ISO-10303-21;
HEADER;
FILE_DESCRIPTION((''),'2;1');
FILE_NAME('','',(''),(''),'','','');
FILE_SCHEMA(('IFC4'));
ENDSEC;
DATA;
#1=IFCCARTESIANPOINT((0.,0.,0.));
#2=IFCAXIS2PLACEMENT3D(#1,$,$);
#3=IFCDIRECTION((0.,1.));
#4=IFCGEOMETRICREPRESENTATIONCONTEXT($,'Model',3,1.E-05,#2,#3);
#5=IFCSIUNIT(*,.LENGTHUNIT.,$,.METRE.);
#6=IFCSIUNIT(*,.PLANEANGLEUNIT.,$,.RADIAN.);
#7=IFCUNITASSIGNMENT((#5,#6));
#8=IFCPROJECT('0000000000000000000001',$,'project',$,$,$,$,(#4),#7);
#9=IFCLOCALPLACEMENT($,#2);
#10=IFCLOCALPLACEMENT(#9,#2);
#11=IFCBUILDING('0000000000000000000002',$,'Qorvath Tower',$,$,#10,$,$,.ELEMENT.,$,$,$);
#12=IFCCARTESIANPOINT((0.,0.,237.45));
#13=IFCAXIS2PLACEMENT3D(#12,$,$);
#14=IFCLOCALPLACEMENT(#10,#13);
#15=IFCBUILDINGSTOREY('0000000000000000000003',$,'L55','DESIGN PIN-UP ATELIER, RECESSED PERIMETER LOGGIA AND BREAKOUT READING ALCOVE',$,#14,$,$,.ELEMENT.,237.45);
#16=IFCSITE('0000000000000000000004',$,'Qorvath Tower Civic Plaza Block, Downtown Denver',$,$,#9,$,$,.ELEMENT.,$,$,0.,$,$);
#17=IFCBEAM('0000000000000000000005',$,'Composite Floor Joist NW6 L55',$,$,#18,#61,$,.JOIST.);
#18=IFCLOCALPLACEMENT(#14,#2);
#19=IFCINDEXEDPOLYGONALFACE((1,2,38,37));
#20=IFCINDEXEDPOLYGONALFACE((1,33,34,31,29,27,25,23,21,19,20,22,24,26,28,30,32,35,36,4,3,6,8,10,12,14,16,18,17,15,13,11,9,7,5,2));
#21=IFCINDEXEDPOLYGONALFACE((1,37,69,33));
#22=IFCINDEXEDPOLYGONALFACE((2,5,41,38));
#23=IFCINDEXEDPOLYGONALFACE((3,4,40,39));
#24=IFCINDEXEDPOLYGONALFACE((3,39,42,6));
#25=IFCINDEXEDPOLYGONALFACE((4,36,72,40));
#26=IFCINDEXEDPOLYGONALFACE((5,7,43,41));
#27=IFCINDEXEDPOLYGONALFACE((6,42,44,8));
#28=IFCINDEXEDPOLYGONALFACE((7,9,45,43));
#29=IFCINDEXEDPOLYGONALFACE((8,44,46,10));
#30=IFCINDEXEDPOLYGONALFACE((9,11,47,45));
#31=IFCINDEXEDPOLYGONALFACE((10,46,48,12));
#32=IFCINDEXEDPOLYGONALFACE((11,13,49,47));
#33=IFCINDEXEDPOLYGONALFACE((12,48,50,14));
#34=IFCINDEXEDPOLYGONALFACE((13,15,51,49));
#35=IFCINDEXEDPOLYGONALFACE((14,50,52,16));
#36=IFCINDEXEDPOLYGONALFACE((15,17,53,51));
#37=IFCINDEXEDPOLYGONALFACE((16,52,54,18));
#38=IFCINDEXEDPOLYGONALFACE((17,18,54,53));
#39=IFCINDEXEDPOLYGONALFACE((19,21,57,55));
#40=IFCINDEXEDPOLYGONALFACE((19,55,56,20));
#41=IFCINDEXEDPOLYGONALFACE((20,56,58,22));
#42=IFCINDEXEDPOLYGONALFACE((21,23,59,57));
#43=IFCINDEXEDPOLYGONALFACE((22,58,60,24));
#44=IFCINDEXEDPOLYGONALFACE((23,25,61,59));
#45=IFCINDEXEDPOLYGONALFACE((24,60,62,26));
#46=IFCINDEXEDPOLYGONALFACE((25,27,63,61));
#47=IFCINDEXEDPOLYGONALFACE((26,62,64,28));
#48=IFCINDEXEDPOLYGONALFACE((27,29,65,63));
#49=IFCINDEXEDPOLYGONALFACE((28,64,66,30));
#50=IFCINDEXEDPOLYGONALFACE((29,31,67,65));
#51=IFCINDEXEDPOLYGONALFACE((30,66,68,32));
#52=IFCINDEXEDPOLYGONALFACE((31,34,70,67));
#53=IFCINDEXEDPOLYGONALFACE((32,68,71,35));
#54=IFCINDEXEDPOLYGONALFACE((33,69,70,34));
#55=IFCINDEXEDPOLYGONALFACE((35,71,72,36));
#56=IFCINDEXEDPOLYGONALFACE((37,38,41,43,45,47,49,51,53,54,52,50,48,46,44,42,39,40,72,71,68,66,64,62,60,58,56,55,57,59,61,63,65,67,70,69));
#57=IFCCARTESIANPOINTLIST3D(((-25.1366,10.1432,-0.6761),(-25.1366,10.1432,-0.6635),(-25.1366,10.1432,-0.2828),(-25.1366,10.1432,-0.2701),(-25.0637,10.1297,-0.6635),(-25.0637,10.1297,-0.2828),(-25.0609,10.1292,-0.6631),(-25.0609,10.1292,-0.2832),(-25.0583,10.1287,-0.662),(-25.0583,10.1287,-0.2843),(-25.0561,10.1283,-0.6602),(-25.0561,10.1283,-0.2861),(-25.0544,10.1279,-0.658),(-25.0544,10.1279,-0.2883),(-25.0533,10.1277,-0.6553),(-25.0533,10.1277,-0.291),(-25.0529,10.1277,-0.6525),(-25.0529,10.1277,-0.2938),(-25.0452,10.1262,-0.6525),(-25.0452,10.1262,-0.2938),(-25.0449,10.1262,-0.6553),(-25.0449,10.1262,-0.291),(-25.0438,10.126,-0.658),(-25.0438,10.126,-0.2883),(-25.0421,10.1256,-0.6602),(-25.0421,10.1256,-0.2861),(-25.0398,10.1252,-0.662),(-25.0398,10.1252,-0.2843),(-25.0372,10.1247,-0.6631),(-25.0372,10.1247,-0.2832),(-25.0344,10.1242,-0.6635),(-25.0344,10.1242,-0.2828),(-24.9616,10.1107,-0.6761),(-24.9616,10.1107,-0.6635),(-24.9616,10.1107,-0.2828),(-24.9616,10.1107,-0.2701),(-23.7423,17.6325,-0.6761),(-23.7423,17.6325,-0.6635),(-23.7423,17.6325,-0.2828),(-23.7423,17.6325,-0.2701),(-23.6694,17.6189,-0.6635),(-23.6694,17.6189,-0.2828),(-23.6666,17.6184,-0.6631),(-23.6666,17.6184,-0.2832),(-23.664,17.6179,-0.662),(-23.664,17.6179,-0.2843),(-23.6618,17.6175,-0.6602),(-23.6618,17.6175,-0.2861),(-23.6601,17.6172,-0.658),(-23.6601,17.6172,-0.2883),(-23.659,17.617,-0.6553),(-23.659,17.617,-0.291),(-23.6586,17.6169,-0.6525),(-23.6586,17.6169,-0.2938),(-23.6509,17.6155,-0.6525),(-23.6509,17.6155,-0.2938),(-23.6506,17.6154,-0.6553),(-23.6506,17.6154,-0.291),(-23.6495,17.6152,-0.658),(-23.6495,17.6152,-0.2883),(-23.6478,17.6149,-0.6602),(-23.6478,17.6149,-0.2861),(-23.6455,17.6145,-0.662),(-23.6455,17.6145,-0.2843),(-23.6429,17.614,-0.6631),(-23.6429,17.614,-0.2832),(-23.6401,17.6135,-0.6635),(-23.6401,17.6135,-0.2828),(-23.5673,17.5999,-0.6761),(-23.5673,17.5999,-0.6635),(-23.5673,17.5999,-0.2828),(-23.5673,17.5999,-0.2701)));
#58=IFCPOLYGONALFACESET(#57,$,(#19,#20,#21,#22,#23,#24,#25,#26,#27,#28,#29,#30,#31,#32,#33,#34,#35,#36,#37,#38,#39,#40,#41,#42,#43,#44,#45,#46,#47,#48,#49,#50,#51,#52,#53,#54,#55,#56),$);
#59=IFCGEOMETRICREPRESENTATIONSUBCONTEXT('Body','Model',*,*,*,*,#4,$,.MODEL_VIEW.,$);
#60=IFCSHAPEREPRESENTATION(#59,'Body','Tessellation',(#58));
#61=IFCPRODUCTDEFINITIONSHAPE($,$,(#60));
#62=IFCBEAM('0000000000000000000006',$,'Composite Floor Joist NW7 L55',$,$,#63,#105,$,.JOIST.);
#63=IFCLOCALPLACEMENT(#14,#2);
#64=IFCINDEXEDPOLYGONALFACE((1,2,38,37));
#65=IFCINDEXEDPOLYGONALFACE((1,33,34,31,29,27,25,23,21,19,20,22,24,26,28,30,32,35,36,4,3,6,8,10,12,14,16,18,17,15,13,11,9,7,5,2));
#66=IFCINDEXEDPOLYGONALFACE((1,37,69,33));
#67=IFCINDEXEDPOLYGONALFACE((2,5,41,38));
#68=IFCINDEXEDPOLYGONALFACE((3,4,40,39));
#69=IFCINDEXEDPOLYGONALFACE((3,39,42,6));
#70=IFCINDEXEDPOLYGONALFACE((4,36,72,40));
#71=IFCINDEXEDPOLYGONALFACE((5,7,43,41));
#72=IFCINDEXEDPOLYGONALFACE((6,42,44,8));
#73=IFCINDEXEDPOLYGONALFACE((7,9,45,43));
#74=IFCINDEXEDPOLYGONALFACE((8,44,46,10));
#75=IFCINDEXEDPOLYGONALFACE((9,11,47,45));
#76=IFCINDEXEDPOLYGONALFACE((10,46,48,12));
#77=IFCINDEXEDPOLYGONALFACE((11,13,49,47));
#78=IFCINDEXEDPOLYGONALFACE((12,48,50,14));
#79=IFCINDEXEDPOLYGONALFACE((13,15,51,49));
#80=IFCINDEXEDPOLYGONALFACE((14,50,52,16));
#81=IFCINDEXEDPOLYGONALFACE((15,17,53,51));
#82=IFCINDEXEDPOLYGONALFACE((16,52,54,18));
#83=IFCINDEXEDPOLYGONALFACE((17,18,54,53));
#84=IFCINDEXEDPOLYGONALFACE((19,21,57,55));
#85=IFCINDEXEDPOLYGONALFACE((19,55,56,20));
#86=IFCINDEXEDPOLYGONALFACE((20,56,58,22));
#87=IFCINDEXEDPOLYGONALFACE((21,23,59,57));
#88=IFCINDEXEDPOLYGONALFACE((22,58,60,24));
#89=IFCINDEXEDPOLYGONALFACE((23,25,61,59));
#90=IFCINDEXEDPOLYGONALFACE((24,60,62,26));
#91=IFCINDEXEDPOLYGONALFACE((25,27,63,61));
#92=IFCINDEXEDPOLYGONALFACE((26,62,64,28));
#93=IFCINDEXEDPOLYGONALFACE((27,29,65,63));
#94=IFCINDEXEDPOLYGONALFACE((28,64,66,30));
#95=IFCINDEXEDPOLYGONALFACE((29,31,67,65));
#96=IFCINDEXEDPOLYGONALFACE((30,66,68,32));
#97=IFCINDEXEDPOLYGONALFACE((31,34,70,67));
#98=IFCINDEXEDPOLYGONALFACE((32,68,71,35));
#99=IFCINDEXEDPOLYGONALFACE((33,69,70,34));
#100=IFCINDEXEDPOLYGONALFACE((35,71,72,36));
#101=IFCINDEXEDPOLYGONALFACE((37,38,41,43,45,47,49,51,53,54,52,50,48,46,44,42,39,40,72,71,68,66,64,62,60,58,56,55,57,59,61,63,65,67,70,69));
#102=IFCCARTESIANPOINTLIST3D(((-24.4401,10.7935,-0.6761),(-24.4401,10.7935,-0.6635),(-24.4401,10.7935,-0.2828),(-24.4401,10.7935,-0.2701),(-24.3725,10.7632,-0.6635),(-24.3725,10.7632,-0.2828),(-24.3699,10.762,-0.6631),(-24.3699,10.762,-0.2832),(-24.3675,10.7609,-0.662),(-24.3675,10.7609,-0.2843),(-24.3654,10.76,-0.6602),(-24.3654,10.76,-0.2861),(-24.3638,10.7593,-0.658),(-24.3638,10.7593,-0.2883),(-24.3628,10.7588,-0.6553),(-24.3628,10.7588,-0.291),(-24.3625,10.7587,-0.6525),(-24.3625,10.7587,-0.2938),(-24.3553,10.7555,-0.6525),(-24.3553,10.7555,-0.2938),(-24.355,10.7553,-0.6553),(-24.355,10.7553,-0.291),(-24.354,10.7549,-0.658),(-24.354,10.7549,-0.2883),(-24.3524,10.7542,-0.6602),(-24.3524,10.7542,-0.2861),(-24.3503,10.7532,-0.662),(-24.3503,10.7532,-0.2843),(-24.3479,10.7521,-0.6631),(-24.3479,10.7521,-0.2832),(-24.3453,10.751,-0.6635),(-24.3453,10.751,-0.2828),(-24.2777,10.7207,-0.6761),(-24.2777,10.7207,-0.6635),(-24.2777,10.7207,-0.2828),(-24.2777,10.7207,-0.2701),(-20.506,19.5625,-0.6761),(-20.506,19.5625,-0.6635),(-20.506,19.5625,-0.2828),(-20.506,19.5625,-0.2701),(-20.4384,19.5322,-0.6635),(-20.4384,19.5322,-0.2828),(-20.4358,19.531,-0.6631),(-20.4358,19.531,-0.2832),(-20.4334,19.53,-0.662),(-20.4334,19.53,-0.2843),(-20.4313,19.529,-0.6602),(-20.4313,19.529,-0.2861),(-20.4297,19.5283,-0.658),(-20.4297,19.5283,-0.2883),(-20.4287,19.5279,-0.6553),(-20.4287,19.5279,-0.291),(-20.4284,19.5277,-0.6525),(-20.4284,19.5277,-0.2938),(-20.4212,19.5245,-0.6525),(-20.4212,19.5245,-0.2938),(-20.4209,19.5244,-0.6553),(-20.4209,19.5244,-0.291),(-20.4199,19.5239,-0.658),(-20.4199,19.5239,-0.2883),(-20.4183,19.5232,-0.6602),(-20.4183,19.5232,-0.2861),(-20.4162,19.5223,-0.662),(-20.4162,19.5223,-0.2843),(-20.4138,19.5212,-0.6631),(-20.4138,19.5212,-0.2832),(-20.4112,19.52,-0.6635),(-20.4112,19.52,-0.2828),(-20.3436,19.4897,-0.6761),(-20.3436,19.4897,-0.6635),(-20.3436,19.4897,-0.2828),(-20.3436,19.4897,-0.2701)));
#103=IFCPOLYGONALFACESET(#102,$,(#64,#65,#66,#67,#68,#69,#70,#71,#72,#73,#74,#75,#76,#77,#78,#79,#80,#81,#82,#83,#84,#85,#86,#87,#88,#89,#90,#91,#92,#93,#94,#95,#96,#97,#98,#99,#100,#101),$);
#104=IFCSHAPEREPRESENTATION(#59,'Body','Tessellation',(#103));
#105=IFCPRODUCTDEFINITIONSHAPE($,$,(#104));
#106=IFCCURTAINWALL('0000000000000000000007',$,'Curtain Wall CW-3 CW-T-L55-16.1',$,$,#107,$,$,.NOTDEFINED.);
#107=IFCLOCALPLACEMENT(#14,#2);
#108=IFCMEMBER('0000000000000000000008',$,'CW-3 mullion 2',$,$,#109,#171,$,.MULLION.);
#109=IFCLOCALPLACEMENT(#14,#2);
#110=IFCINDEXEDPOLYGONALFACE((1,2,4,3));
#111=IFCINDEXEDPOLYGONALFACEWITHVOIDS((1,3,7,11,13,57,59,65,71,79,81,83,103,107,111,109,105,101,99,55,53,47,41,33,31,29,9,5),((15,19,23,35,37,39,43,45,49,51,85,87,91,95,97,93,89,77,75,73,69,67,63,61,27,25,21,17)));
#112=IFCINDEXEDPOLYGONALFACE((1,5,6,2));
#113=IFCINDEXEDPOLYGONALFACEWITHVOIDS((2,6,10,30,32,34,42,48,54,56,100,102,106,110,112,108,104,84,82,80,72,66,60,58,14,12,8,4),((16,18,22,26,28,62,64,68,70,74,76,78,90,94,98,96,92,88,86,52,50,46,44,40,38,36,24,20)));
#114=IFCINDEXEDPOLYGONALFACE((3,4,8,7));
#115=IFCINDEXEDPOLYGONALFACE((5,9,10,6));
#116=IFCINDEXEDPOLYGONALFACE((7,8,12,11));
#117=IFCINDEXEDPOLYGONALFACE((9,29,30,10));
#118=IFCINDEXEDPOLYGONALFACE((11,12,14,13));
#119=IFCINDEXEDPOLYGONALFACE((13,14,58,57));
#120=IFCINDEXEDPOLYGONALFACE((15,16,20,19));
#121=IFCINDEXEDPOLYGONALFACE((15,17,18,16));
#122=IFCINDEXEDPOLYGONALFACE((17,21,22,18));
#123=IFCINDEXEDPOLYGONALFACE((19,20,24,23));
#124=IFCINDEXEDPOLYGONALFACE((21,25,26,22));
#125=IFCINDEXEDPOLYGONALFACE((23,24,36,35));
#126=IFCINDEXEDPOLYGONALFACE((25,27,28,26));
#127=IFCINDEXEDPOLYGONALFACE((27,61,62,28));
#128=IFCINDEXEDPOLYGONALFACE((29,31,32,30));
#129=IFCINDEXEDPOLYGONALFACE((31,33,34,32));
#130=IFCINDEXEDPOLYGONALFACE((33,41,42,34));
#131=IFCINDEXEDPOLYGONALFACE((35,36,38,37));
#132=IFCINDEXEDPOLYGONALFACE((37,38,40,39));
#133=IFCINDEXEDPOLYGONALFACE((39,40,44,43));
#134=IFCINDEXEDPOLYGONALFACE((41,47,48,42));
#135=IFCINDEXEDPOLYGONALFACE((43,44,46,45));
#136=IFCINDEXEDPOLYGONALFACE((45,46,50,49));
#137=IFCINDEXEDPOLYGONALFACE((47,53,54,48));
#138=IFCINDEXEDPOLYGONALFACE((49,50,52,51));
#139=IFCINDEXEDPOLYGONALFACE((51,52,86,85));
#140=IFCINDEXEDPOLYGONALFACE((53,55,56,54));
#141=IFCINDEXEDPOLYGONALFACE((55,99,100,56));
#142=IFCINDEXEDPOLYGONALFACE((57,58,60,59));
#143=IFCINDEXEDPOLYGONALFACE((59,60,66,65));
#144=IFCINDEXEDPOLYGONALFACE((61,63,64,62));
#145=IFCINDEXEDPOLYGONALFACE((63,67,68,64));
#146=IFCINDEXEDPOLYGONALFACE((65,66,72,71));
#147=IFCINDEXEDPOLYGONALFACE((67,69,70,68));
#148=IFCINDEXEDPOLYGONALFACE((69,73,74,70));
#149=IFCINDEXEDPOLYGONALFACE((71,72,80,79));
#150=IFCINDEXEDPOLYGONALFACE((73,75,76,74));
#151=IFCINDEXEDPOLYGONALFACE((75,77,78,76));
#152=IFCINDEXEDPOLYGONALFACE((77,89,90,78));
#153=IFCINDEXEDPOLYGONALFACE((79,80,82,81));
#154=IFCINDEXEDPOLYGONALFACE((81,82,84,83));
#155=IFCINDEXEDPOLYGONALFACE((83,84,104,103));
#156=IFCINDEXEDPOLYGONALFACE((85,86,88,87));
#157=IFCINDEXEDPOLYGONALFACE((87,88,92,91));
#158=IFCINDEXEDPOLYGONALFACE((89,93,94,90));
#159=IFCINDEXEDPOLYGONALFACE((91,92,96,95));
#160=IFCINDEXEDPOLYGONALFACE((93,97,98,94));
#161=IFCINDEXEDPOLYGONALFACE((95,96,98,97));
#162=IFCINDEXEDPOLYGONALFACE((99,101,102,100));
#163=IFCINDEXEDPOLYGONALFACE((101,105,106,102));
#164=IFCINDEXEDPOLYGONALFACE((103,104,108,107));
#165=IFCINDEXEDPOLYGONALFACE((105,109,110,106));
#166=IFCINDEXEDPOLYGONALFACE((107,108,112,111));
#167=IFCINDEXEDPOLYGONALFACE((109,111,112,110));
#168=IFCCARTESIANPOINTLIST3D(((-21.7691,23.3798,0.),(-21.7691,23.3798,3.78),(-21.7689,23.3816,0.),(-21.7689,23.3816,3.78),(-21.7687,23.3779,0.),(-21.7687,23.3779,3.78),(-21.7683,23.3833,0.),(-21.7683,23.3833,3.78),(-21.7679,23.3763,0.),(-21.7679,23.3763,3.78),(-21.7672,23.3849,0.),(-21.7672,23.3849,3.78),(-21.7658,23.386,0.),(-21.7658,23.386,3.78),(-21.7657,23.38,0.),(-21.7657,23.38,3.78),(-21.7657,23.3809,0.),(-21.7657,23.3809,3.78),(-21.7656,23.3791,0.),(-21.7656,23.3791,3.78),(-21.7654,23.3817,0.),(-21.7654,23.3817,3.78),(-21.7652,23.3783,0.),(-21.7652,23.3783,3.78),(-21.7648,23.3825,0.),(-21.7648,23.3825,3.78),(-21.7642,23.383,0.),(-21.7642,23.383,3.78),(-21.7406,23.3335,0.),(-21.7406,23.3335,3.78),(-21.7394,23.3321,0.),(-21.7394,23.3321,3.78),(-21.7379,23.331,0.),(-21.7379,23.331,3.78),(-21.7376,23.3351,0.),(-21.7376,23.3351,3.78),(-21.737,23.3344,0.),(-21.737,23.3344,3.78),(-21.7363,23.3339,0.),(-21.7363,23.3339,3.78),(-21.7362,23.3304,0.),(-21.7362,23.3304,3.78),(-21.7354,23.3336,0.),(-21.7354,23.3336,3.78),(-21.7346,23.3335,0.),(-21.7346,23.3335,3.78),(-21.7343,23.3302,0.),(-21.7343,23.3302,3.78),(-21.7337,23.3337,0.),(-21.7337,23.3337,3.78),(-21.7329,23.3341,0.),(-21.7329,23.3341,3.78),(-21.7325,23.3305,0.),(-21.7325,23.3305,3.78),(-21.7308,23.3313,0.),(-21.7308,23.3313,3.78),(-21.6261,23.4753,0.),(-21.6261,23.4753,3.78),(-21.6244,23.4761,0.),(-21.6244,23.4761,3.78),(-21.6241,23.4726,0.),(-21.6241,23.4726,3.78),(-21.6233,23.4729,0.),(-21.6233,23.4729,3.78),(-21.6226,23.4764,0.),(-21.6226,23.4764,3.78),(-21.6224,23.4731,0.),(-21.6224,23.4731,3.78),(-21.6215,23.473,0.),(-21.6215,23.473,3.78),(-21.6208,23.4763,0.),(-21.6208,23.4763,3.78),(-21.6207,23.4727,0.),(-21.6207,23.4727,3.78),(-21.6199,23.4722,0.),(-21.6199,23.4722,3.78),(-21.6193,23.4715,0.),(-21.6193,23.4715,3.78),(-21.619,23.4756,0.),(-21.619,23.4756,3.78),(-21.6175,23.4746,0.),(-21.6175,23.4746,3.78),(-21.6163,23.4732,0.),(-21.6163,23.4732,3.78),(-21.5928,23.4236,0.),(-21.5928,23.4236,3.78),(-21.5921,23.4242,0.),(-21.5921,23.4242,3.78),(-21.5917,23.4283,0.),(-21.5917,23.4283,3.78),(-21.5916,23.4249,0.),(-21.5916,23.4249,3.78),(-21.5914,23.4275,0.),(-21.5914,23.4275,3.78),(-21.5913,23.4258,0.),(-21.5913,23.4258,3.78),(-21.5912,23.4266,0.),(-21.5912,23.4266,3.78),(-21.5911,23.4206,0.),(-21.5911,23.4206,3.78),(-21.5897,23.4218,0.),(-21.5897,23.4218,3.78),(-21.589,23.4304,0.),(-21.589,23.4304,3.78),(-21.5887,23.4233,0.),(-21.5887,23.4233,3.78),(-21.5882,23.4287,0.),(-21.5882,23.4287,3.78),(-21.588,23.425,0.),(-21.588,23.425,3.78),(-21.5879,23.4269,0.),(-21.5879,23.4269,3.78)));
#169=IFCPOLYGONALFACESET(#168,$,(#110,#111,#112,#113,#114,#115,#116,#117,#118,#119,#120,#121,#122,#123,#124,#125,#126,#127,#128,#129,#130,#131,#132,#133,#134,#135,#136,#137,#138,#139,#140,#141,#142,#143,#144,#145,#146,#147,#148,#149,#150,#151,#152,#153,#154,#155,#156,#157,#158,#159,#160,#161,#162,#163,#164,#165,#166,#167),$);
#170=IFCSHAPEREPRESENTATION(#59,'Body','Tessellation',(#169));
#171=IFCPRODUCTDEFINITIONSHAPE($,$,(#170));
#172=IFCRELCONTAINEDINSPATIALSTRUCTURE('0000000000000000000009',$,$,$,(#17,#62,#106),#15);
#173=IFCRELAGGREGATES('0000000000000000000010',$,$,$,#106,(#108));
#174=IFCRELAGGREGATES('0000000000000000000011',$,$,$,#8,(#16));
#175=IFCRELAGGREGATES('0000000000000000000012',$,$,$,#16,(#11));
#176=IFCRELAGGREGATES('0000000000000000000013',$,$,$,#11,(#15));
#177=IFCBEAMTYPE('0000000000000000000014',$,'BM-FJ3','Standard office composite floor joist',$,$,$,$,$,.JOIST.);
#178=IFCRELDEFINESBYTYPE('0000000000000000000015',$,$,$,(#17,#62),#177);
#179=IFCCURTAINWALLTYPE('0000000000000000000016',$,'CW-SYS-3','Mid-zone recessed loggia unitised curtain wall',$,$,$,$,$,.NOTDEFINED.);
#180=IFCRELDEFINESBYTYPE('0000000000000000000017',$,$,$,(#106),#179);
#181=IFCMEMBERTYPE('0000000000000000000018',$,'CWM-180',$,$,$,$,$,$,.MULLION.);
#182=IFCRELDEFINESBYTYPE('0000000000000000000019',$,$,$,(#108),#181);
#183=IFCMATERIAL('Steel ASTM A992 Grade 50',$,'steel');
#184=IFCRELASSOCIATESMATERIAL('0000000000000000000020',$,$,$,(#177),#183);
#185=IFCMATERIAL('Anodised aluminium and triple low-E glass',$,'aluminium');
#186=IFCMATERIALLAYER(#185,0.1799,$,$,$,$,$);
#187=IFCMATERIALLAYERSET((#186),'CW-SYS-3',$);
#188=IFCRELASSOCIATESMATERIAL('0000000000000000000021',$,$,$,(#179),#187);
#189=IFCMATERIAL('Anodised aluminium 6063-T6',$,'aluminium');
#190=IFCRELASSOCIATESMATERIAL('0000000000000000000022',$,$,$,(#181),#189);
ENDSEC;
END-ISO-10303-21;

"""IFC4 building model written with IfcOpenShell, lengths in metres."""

from ifc_helpers import new_model, si_unit, direction, frame, origin, origin_2d, place, context, subcontext, project, spatial, hollow_rectangle, i_section, extrude, material, layer, layer_set, material_profile, profile_set, type_object, element, aggregate, save


model = new_model("IFC4")

# Units and contexts
model_context = context("Model", 3, precision=1e-05, world=origin(), true_north=direction((0.0, 1.0)))
body_context = subcontext(model_context, "Body", "Model", "MODEL_VIEW")
ifc_project = project(units=[si_unit("LENGTHUNIT", "METRE"), si_unit("PLANEANGLEUNIT", "RADIAN")], contexts=[model_context])

# Site, building, storey
site_placement = place(None, origin())
site = spatial("IfcSite", under=ifc_project, at=site_placement, Name="Qorvath Tower Civic Plaza Block, Downtown Denver", CompositionType="ELEMENT", RefElevation=0.0)
building_placement = place(site_placement, origin())
building = spatial("IfcBuilding", under=site, at=building_placement, Name="Qorvath Tower", CompositionType="ELEMENT")
storey_placement = place(building_placement, frame((0.0, 0.0, 237.45)))
storey = spatial("IfcBuildingStorey", under=building, at=storey_placement, Name="L55", Description="DESIGN PIN-UP ATELIER, RECESSED PERIMETER LOGGIA AND BREAKOUT READING ALCOVE", CompositionType="ELEMENT", Elevation=237.45)

# Beams
ifc_material_1 = material(Name="Steel ASTM A992 Grade 50", Category="steel")
ifc_material_profile_1 = material_profile(ifc_material_1, i_section(OverallWidth=0.178, OverallDepth=0.406, WebThickness=0.0078, FlangeThickness=0.0127, FilletRadius=0.011, at=origin_2d()), Name="W16x40")
ifc_profile_set_1 = profile_set([ifc_material_profile_1], Name="Steel ASTM A992 Grade 50")
beam_type_1 = type_object("IfcBeamType", Name="BM-FJ3", Description="Standard office composite floor joist", PredefinedType="JOIST", material=ifc_profile_set_1)
beam_1_placement = place(storey_placement, frame((-25.0491, 10.127, -0.4731), z_axis=(0.183027, 0.983108, 0.0), x_axis=(-0.983108, 0.183027, 0.0)))
element("IfcBeam", 1, at=beam_1_placement, inside=storey, type_object=beam_type_1, Name="Composite Floor Joist NW6 L55", PredefinedType="JOIST", context=body_context, shape_type="SweptSolid", body=[
    extrude(i_section(OverallWidth=0.178, OverallDepth=0.406, WebThickness=0.0078, FlangeThickness=0.0127, FilletRadius=0.011, at=origin_2d()), origin(), (0.0, 0.0, 1.0), 7.6179),
])
beam_2_placement = place(storey_placement, frame((-24.3589, 10.7571, -0.4731), z_axis=(0.409327, 0.912388, 0.0), x_axis=(-0.912388, 0.409327, 0.0)))
element("IfcBeam", 2, at=beam_2_placement, inside=storey, type_object=beam_type_1, Name="Composite Floor Joist NW7 L55", PredefinedType="JOIST", context=body_context, shape_type="SweptSolid", body=[
    extrude(i_section(OverallWidth=0.178, OverallDepth=0.406, WebThickness=0.0078, FlangeThickness=0.0127, FilletRadius=0.011, at=origin_2d()), origin(), (0.0, 0.0, 1.0), 9.6111),
])

# Curtain wall, member
ifc_material_2 = material(Name="Anodised aluminium and triple low-E glass", Category="aluminium")
ifc_layer_1 = layer(ifc_material_2, 0.1799)
ifc_layer_set_1 = layer_set([ifc_layer_1], Name="CW-SYS-3")
curtain_wall_type = type_object("IfcCurtainWallType", Name="CW-SYS-3", Description="Mid-zone recessed loggia unitised curtain wall", PredefinedType="NOTDEFINED", material=ifc_layer_set_1)
curtain_wall_placement = place(storey_placement, origin())
curtain_wall = element("IfcCurtainWall", 3, at=curtain_wall_placement, inside=storey, type_object=curtain_wall_type, Name="Curtain Wall CW-3 CW-T-L55-16.1", PredefinedType="NOTDEFINED")
ifc_material_3 = material(Name="Anodised aluminium 6063-T6", Category="aluminium")
ifc_material_profile_2 = material_profile(ifc_material_3, hollow_rectangle(XDim=0.0649, YDim=0.1799, WallThickness=0.0034, InnerFilletRadius=0.0034, OuterFilletRadius=0.0071, at=origin_2d()), Name="CWM 180x65")
ifc_profile_set_2 = profile_set([ifc_material_profile_2], Name="Anodised aluminium 6063-T6")
member_type_1 = type_object("IfcMemberType", Name="CWM-180", PredefinedType="MULLION", material=ifc_profile_set_2)
member_1_placement = place(storey_placement, frame((-21.6785, 23.4033, 0.0), z_axis=(0.0, 0.0, 1.0), x_axis=(0.538529, -0.842607, 0.0)))
member_1 = element("IfcMember", 4, at=member_1_placement, type_object=member_type_1, Name="CW-3 mullion 2", PredefinedType="MULLION", context=body_context, shape_type="SweptSolid", body=[
    extrude(hollow_rectangle(XDim=0.0649, YDim=0.1799, WallThickness=0.0034, InnerFilletRadius=0.0034, OuterFilletRadius=0.0071, at=origin_2d()), origin(), (0.0, 0.0, 1.0), 3.78),
])
aggregate(curtain_wall, [member_1])

save(model, "model.ifc")
